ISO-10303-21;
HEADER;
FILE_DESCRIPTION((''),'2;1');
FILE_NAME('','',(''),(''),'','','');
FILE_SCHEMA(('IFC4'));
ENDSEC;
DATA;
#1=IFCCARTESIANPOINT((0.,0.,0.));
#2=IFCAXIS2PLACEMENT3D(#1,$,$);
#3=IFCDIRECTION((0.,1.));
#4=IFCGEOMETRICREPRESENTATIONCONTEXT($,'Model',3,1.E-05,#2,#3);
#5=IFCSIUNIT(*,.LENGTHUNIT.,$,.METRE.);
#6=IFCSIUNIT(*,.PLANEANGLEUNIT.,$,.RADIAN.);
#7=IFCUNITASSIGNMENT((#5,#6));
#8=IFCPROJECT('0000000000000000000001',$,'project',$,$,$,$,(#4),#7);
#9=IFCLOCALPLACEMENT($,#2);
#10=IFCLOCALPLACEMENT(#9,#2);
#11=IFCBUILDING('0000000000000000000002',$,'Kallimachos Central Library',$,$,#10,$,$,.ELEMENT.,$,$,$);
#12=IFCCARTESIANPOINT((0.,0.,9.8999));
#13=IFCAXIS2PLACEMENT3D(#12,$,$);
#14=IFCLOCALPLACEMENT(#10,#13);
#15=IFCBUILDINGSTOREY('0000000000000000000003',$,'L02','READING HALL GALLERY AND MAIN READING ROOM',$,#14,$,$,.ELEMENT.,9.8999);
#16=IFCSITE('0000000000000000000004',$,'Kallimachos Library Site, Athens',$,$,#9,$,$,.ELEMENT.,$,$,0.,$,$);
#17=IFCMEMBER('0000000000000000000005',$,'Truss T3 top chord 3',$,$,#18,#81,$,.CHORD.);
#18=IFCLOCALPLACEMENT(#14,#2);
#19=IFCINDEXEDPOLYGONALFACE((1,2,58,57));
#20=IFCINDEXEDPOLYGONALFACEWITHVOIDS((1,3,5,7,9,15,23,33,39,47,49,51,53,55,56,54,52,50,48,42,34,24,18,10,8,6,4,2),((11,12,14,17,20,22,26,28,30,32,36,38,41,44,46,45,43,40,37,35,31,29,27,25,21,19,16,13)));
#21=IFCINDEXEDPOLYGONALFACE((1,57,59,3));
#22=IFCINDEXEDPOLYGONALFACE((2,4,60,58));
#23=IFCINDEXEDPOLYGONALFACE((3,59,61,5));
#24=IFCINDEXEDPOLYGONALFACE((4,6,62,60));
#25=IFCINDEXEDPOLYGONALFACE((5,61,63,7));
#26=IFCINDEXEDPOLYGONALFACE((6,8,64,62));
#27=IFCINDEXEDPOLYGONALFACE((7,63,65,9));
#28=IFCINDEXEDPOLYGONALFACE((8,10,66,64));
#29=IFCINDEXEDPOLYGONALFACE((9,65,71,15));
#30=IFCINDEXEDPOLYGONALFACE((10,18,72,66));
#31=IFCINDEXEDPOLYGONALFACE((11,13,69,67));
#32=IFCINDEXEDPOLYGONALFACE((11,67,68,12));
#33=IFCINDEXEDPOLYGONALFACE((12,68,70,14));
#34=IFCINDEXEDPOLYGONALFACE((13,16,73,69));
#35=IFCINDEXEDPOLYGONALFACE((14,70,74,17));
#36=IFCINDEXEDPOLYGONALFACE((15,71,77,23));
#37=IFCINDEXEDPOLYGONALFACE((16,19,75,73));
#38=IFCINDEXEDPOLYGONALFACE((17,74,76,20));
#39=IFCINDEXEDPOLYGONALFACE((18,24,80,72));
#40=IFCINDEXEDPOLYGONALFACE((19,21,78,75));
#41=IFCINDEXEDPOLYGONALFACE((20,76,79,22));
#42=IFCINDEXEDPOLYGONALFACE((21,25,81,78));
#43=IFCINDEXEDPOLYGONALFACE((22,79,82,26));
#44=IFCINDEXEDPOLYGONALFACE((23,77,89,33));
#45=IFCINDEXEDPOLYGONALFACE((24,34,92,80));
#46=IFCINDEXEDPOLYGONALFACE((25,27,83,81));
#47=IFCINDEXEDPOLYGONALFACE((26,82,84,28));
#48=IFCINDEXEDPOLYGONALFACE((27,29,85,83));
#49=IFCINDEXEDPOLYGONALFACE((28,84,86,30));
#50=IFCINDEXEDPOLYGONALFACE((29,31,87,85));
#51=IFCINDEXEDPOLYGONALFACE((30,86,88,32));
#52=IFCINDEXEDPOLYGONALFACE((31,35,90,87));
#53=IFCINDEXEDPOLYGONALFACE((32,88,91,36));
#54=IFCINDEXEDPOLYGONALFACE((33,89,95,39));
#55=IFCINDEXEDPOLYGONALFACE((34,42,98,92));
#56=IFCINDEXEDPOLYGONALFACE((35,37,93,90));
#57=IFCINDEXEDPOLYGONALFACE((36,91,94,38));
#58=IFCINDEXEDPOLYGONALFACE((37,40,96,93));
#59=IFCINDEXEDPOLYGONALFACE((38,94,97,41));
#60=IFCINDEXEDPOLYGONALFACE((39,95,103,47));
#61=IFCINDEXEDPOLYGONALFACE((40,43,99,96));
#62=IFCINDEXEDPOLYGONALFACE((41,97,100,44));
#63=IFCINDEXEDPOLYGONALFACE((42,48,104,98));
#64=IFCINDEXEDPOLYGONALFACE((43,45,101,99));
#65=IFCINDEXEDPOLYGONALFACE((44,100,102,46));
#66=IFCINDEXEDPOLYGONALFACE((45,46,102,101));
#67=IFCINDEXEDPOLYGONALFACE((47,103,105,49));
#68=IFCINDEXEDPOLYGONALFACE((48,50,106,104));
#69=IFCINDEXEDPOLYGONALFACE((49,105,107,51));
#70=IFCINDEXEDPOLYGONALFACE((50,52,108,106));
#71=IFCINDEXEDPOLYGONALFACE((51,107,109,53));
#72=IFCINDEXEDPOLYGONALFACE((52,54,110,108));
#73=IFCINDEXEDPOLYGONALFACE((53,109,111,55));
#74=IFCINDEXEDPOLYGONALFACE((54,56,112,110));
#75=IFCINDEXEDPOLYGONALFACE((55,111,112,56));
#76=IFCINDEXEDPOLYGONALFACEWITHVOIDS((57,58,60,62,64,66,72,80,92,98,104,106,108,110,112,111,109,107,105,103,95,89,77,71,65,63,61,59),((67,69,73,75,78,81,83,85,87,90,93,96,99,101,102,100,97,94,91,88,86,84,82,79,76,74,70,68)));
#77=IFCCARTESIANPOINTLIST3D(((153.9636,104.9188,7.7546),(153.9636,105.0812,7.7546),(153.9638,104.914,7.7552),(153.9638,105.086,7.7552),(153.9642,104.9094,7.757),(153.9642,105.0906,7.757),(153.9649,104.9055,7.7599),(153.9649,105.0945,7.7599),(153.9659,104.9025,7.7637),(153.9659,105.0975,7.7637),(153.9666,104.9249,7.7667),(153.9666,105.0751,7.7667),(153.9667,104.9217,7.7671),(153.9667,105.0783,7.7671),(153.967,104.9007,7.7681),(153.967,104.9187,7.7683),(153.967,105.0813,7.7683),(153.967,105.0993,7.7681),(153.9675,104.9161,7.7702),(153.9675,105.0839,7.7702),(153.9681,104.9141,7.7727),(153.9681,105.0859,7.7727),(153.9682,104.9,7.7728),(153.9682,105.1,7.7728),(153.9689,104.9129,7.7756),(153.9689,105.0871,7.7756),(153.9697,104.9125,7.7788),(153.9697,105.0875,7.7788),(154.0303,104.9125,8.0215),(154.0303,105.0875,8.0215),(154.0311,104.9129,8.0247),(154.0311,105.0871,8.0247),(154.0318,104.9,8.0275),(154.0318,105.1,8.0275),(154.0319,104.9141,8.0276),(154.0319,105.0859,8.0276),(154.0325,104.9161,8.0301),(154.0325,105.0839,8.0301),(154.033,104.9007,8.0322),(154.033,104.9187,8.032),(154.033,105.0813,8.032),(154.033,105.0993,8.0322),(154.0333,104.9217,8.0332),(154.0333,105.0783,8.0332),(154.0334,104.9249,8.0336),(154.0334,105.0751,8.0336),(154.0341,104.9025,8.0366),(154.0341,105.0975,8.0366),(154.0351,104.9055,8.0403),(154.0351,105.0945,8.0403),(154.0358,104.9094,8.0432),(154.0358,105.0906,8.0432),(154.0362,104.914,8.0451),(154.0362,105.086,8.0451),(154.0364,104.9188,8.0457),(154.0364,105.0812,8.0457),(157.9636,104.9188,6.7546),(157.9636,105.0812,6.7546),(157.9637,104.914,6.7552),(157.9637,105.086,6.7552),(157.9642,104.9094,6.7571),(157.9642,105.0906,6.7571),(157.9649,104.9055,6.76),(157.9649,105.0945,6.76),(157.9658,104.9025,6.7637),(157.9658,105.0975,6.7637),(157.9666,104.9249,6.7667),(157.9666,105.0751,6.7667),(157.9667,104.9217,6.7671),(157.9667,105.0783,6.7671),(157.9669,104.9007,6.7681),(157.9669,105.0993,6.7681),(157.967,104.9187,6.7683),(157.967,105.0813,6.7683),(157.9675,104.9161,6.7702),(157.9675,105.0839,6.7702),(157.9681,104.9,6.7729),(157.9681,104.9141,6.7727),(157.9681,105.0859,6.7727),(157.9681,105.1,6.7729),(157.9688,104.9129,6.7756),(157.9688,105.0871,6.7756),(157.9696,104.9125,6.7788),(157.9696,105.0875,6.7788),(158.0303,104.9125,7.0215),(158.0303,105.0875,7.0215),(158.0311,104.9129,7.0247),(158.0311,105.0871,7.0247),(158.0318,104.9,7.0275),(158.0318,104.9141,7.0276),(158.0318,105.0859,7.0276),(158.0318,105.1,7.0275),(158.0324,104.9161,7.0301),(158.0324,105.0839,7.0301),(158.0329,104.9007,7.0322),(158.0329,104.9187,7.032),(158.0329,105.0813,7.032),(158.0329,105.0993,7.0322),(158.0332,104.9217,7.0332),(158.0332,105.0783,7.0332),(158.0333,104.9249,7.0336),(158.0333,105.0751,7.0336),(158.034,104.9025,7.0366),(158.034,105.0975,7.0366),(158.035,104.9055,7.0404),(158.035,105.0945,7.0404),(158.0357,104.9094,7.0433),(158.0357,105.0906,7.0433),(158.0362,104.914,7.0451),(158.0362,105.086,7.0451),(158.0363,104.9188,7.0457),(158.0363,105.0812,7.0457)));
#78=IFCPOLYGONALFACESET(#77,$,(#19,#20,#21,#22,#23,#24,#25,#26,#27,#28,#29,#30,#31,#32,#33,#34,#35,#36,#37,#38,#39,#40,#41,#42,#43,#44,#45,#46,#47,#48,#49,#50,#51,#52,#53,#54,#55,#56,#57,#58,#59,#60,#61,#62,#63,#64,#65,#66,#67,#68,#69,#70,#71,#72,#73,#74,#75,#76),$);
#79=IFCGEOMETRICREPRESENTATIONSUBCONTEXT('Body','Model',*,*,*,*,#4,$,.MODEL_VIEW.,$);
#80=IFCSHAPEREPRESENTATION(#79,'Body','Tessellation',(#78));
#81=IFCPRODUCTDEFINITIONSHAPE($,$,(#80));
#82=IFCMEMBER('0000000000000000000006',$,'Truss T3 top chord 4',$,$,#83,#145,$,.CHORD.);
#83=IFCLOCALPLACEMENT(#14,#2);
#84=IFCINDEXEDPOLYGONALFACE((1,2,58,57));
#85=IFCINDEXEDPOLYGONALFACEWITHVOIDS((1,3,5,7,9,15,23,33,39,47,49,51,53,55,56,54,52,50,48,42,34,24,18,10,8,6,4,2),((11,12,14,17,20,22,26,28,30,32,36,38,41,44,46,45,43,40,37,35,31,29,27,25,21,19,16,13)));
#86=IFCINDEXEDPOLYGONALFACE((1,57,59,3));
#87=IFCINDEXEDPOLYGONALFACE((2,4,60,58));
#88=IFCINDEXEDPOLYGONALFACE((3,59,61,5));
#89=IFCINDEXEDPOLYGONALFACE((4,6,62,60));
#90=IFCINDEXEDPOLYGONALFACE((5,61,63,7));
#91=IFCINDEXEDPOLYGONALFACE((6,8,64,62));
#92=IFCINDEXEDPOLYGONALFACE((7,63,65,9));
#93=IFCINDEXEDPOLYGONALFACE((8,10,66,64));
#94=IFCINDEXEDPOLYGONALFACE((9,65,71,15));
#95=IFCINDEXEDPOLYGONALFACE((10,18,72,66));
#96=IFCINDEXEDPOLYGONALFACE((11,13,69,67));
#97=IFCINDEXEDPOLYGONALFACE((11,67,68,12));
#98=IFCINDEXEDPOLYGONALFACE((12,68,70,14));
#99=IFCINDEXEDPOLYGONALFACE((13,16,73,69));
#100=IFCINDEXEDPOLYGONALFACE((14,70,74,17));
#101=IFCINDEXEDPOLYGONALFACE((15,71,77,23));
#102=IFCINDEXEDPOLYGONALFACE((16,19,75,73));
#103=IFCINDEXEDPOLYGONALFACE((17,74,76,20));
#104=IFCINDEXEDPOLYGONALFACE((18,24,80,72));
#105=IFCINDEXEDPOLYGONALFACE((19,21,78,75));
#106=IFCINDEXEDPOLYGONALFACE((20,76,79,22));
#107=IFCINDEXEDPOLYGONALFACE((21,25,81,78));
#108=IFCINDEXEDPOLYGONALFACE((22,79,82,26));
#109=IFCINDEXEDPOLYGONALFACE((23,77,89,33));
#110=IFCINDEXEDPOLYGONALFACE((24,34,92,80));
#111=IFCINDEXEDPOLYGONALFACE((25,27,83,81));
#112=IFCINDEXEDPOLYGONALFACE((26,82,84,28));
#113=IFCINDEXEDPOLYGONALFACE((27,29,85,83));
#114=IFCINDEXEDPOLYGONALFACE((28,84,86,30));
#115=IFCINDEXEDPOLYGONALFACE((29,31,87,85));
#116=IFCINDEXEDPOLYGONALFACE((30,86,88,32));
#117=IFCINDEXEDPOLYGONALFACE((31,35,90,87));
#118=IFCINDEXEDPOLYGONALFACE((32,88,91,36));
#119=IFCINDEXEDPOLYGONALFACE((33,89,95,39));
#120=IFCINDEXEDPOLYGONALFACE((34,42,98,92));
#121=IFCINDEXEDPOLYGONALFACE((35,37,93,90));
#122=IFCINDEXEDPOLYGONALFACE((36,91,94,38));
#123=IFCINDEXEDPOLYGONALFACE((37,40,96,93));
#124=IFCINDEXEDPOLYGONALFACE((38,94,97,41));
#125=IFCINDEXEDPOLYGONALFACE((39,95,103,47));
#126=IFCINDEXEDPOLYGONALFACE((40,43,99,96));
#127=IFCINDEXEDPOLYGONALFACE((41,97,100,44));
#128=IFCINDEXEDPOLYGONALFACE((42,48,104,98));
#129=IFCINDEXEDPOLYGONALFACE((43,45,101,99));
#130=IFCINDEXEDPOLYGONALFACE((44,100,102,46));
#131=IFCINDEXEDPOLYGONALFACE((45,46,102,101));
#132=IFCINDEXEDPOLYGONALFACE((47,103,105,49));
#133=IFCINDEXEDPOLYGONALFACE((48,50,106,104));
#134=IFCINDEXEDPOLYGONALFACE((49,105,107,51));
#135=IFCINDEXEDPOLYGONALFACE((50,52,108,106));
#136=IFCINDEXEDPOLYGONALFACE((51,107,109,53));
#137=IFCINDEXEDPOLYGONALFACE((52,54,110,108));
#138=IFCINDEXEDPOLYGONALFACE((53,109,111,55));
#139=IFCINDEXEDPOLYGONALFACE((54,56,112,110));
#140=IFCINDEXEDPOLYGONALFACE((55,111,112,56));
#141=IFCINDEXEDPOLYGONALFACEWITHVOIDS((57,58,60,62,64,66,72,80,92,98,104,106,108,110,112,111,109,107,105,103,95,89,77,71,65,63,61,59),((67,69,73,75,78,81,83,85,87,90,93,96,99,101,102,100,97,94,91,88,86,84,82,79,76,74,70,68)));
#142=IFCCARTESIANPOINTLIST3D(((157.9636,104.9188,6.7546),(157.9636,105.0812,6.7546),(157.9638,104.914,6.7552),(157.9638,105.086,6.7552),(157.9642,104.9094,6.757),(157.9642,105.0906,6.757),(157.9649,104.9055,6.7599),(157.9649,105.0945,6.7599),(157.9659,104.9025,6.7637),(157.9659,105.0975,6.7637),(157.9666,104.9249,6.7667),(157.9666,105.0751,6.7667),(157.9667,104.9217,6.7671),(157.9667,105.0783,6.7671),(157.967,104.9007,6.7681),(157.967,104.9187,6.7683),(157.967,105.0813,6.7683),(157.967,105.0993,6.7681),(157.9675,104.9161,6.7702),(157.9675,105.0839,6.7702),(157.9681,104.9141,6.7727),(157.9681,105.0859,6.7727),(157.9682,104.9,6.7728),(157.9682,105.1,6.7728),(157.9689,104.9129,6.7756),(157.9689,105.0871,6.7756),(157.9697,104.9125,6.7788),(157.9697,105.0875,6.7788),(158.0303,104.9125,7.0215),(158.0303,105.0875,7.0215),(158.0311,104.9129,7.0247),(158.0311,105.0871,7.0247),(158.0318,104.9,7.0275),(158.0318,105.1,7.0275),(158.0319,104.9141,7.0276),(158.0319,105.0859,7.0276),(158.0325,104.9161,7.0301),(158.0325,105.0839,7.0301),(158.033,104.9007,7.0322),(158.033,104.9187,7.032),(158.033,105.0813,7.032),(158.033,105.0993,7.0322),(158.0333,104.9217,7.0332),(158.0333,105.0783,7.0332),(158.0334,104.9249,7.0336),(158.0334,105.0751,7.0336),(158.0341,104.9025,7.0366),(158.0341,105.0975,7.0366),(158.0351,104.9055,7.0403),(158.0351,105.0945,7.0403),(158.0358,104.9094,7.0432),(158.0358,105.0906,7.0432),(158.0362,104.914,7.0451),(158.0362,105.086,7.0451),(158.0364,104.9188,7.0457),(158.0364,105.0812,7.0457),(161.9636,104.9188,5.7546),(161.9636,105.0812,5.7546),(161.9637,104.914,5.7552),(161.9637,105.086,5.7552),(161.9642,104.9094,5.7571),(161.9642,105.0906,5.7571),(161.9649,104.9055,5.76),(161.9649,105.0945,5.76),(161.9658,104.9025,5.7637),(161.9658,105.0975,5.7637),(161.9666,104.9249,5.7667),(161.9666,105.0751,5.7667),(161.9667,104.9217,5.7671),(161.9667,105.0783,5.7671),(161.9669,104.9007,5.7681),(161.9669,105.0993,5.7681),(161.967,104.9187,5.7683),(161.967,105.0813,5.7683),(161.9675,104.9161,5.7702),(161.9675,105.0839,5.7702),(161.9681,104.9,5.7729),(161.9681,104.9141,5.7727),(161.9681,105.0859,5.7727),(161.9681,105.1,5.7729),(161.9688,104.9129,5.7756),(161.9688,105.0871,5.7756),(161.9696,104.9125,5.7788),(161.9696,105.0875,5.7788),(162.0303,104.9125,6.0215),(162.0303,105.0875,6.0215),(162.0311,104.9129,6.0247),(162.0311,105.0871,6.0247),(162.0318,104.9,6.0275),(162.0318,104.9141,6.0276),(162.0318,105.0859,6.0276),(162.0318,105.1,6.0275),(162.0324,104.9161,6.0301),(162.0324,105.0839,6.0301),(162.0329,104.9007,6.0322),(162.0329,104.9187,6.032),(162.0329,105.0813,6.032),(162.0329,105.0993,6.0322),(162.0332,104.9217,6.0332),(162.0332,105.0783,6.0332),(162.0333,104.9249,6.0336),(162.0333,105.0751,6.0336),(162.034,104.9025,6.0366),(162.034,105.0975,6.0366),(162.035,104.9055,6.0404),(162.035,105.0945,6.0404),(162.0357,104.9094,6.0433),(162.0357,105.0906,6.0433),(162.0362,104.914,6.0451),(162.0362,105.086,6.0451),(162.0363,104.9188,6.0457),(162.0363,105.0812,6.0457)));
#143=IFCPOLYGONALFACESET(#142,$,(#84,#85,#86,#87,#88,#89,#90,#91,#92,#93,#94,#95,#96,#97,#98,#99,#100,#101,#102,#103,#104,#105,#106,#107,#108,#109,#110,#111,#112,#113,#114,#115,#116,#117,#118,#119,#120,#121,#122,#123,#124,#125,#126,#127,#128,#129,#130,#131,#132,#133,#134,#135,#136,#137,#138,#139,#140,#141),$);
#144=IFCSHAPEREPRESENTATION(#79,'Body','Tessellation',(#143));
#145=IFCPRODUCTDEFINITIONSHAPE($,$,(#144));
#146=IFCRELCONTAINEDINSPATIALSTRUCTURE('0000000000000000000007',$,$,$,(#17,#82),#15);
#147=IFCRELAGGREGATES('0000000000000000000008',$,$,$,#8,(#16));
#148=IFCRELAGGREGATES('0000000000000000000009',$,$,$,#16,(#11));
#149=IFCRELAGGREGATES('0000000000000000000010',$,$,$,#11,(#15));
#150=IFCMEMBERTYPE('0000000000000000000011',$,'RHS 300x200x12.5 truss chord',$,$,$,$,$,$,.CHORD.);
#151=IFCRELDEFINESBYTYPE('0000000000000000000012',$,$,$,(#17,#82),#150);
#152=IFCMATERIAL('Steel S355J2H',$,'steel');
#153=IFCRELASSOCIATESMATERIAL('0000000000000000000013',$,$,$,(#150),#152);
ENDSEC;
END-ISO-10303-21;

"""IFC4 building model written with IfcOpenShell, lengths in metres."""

from ifc_helpers import new_model, si_unit, direction, frame, origin, origin_2d, place, context, subcontext, project, spatial, hollow_rectangle, extrude, material, material_profile, profile_set, type_object, element, save


model = new_model("IFC4")

# Units and contexts
model_context = context("Model", 3, precision=1e-05, world=origin(), true_north=direction((0.0, 1.0)))
body_context = subcontext(model_context, "Body", "Model", "MODEL_VIEW")
ifc_project = project(units=[si_unit("LENGTHUNIT", "METRE"), si_unit("PLANEANGLEUNIT", "RADIAN")], contexts=[model_context])

# Site, building, storey
site_placement = place(None, origin())
site = spatial("IfcSite", under=ifc_project, at=site_placement, Name="Kallimachos Library Site, Athens", CompositionType="ELEMENT", RefElevation=0.0)
building_placement = place(site_placement, origin())
building = spatial("IfcBuilding", under=site, at=building_placement, Name="Kallimachos Central Library", CompositionType="ELEMENT")
storey_placement = place(building_placement, frame((0.0, 0.0, 9.8999)))
storey = spatial("IfcBuildingStorey", under=building, at=storey_placement, Name="L02", Description="READING HALL GALLERY AND MAIN READING ROOM", CompositionType="ELEMENT", Elevation=9.8999)

# Members
ifc_material_1 = material(Name="Steel S355J2H", Category="steel")
ifc_material_profile_1 = material_profile(ifc_material_1, hollow_rectangle(XDim=0.2, YDim=0.3, WallThickness=0.0125, InnerFilletRadius=0.0125, OuterFilletRadius=0.0188, at=origin_2d()), Name="RHS 300x200x12.5")
ifc_profile_set_1 = profile_set([ifc_material_profile_1], Name="Steel S355J2H")
member_type_1 = type_object("IfcMemberType", Name="RHS 300x200x12.5 truss chord", PredefinedType="CHORD", material=ifc_profile_set_1)
for number, where, z_axis, x_axis, name in (
    (1, (154.0, 105.0, 7.9001), (0.970143, 0.0, -0.242536), (0.0, 1.0, 0.0), "Truss T3 top chord 3"),
    (2, (158.0, 105.0, 6.9001), (0.970143, 0.0, -0.242536), (0.0, 1.0, 0.0), "Truss T3 top chord 4"),
):
    element("IfcMember", number, at=place(storey_placement, frame(where, z_axis=z_axis, x_axis=x_axis)), inside=storey, type_object=member_type_1, Name=name, PredefinedType="CHORD", context=body_context, shape_type="SweptSolid", body=[
        extrude(hollow_rectangle(XDim=0.2, YDim=0.3, WallThickness=0.0125, InnerFilletRadius=0.0125, OuterFilletRadius=0.0188, at=origin_2d()), origin(), (0.0, 0.0, 1.0), 4.123),
    ])

save(model, "model.ifc")
